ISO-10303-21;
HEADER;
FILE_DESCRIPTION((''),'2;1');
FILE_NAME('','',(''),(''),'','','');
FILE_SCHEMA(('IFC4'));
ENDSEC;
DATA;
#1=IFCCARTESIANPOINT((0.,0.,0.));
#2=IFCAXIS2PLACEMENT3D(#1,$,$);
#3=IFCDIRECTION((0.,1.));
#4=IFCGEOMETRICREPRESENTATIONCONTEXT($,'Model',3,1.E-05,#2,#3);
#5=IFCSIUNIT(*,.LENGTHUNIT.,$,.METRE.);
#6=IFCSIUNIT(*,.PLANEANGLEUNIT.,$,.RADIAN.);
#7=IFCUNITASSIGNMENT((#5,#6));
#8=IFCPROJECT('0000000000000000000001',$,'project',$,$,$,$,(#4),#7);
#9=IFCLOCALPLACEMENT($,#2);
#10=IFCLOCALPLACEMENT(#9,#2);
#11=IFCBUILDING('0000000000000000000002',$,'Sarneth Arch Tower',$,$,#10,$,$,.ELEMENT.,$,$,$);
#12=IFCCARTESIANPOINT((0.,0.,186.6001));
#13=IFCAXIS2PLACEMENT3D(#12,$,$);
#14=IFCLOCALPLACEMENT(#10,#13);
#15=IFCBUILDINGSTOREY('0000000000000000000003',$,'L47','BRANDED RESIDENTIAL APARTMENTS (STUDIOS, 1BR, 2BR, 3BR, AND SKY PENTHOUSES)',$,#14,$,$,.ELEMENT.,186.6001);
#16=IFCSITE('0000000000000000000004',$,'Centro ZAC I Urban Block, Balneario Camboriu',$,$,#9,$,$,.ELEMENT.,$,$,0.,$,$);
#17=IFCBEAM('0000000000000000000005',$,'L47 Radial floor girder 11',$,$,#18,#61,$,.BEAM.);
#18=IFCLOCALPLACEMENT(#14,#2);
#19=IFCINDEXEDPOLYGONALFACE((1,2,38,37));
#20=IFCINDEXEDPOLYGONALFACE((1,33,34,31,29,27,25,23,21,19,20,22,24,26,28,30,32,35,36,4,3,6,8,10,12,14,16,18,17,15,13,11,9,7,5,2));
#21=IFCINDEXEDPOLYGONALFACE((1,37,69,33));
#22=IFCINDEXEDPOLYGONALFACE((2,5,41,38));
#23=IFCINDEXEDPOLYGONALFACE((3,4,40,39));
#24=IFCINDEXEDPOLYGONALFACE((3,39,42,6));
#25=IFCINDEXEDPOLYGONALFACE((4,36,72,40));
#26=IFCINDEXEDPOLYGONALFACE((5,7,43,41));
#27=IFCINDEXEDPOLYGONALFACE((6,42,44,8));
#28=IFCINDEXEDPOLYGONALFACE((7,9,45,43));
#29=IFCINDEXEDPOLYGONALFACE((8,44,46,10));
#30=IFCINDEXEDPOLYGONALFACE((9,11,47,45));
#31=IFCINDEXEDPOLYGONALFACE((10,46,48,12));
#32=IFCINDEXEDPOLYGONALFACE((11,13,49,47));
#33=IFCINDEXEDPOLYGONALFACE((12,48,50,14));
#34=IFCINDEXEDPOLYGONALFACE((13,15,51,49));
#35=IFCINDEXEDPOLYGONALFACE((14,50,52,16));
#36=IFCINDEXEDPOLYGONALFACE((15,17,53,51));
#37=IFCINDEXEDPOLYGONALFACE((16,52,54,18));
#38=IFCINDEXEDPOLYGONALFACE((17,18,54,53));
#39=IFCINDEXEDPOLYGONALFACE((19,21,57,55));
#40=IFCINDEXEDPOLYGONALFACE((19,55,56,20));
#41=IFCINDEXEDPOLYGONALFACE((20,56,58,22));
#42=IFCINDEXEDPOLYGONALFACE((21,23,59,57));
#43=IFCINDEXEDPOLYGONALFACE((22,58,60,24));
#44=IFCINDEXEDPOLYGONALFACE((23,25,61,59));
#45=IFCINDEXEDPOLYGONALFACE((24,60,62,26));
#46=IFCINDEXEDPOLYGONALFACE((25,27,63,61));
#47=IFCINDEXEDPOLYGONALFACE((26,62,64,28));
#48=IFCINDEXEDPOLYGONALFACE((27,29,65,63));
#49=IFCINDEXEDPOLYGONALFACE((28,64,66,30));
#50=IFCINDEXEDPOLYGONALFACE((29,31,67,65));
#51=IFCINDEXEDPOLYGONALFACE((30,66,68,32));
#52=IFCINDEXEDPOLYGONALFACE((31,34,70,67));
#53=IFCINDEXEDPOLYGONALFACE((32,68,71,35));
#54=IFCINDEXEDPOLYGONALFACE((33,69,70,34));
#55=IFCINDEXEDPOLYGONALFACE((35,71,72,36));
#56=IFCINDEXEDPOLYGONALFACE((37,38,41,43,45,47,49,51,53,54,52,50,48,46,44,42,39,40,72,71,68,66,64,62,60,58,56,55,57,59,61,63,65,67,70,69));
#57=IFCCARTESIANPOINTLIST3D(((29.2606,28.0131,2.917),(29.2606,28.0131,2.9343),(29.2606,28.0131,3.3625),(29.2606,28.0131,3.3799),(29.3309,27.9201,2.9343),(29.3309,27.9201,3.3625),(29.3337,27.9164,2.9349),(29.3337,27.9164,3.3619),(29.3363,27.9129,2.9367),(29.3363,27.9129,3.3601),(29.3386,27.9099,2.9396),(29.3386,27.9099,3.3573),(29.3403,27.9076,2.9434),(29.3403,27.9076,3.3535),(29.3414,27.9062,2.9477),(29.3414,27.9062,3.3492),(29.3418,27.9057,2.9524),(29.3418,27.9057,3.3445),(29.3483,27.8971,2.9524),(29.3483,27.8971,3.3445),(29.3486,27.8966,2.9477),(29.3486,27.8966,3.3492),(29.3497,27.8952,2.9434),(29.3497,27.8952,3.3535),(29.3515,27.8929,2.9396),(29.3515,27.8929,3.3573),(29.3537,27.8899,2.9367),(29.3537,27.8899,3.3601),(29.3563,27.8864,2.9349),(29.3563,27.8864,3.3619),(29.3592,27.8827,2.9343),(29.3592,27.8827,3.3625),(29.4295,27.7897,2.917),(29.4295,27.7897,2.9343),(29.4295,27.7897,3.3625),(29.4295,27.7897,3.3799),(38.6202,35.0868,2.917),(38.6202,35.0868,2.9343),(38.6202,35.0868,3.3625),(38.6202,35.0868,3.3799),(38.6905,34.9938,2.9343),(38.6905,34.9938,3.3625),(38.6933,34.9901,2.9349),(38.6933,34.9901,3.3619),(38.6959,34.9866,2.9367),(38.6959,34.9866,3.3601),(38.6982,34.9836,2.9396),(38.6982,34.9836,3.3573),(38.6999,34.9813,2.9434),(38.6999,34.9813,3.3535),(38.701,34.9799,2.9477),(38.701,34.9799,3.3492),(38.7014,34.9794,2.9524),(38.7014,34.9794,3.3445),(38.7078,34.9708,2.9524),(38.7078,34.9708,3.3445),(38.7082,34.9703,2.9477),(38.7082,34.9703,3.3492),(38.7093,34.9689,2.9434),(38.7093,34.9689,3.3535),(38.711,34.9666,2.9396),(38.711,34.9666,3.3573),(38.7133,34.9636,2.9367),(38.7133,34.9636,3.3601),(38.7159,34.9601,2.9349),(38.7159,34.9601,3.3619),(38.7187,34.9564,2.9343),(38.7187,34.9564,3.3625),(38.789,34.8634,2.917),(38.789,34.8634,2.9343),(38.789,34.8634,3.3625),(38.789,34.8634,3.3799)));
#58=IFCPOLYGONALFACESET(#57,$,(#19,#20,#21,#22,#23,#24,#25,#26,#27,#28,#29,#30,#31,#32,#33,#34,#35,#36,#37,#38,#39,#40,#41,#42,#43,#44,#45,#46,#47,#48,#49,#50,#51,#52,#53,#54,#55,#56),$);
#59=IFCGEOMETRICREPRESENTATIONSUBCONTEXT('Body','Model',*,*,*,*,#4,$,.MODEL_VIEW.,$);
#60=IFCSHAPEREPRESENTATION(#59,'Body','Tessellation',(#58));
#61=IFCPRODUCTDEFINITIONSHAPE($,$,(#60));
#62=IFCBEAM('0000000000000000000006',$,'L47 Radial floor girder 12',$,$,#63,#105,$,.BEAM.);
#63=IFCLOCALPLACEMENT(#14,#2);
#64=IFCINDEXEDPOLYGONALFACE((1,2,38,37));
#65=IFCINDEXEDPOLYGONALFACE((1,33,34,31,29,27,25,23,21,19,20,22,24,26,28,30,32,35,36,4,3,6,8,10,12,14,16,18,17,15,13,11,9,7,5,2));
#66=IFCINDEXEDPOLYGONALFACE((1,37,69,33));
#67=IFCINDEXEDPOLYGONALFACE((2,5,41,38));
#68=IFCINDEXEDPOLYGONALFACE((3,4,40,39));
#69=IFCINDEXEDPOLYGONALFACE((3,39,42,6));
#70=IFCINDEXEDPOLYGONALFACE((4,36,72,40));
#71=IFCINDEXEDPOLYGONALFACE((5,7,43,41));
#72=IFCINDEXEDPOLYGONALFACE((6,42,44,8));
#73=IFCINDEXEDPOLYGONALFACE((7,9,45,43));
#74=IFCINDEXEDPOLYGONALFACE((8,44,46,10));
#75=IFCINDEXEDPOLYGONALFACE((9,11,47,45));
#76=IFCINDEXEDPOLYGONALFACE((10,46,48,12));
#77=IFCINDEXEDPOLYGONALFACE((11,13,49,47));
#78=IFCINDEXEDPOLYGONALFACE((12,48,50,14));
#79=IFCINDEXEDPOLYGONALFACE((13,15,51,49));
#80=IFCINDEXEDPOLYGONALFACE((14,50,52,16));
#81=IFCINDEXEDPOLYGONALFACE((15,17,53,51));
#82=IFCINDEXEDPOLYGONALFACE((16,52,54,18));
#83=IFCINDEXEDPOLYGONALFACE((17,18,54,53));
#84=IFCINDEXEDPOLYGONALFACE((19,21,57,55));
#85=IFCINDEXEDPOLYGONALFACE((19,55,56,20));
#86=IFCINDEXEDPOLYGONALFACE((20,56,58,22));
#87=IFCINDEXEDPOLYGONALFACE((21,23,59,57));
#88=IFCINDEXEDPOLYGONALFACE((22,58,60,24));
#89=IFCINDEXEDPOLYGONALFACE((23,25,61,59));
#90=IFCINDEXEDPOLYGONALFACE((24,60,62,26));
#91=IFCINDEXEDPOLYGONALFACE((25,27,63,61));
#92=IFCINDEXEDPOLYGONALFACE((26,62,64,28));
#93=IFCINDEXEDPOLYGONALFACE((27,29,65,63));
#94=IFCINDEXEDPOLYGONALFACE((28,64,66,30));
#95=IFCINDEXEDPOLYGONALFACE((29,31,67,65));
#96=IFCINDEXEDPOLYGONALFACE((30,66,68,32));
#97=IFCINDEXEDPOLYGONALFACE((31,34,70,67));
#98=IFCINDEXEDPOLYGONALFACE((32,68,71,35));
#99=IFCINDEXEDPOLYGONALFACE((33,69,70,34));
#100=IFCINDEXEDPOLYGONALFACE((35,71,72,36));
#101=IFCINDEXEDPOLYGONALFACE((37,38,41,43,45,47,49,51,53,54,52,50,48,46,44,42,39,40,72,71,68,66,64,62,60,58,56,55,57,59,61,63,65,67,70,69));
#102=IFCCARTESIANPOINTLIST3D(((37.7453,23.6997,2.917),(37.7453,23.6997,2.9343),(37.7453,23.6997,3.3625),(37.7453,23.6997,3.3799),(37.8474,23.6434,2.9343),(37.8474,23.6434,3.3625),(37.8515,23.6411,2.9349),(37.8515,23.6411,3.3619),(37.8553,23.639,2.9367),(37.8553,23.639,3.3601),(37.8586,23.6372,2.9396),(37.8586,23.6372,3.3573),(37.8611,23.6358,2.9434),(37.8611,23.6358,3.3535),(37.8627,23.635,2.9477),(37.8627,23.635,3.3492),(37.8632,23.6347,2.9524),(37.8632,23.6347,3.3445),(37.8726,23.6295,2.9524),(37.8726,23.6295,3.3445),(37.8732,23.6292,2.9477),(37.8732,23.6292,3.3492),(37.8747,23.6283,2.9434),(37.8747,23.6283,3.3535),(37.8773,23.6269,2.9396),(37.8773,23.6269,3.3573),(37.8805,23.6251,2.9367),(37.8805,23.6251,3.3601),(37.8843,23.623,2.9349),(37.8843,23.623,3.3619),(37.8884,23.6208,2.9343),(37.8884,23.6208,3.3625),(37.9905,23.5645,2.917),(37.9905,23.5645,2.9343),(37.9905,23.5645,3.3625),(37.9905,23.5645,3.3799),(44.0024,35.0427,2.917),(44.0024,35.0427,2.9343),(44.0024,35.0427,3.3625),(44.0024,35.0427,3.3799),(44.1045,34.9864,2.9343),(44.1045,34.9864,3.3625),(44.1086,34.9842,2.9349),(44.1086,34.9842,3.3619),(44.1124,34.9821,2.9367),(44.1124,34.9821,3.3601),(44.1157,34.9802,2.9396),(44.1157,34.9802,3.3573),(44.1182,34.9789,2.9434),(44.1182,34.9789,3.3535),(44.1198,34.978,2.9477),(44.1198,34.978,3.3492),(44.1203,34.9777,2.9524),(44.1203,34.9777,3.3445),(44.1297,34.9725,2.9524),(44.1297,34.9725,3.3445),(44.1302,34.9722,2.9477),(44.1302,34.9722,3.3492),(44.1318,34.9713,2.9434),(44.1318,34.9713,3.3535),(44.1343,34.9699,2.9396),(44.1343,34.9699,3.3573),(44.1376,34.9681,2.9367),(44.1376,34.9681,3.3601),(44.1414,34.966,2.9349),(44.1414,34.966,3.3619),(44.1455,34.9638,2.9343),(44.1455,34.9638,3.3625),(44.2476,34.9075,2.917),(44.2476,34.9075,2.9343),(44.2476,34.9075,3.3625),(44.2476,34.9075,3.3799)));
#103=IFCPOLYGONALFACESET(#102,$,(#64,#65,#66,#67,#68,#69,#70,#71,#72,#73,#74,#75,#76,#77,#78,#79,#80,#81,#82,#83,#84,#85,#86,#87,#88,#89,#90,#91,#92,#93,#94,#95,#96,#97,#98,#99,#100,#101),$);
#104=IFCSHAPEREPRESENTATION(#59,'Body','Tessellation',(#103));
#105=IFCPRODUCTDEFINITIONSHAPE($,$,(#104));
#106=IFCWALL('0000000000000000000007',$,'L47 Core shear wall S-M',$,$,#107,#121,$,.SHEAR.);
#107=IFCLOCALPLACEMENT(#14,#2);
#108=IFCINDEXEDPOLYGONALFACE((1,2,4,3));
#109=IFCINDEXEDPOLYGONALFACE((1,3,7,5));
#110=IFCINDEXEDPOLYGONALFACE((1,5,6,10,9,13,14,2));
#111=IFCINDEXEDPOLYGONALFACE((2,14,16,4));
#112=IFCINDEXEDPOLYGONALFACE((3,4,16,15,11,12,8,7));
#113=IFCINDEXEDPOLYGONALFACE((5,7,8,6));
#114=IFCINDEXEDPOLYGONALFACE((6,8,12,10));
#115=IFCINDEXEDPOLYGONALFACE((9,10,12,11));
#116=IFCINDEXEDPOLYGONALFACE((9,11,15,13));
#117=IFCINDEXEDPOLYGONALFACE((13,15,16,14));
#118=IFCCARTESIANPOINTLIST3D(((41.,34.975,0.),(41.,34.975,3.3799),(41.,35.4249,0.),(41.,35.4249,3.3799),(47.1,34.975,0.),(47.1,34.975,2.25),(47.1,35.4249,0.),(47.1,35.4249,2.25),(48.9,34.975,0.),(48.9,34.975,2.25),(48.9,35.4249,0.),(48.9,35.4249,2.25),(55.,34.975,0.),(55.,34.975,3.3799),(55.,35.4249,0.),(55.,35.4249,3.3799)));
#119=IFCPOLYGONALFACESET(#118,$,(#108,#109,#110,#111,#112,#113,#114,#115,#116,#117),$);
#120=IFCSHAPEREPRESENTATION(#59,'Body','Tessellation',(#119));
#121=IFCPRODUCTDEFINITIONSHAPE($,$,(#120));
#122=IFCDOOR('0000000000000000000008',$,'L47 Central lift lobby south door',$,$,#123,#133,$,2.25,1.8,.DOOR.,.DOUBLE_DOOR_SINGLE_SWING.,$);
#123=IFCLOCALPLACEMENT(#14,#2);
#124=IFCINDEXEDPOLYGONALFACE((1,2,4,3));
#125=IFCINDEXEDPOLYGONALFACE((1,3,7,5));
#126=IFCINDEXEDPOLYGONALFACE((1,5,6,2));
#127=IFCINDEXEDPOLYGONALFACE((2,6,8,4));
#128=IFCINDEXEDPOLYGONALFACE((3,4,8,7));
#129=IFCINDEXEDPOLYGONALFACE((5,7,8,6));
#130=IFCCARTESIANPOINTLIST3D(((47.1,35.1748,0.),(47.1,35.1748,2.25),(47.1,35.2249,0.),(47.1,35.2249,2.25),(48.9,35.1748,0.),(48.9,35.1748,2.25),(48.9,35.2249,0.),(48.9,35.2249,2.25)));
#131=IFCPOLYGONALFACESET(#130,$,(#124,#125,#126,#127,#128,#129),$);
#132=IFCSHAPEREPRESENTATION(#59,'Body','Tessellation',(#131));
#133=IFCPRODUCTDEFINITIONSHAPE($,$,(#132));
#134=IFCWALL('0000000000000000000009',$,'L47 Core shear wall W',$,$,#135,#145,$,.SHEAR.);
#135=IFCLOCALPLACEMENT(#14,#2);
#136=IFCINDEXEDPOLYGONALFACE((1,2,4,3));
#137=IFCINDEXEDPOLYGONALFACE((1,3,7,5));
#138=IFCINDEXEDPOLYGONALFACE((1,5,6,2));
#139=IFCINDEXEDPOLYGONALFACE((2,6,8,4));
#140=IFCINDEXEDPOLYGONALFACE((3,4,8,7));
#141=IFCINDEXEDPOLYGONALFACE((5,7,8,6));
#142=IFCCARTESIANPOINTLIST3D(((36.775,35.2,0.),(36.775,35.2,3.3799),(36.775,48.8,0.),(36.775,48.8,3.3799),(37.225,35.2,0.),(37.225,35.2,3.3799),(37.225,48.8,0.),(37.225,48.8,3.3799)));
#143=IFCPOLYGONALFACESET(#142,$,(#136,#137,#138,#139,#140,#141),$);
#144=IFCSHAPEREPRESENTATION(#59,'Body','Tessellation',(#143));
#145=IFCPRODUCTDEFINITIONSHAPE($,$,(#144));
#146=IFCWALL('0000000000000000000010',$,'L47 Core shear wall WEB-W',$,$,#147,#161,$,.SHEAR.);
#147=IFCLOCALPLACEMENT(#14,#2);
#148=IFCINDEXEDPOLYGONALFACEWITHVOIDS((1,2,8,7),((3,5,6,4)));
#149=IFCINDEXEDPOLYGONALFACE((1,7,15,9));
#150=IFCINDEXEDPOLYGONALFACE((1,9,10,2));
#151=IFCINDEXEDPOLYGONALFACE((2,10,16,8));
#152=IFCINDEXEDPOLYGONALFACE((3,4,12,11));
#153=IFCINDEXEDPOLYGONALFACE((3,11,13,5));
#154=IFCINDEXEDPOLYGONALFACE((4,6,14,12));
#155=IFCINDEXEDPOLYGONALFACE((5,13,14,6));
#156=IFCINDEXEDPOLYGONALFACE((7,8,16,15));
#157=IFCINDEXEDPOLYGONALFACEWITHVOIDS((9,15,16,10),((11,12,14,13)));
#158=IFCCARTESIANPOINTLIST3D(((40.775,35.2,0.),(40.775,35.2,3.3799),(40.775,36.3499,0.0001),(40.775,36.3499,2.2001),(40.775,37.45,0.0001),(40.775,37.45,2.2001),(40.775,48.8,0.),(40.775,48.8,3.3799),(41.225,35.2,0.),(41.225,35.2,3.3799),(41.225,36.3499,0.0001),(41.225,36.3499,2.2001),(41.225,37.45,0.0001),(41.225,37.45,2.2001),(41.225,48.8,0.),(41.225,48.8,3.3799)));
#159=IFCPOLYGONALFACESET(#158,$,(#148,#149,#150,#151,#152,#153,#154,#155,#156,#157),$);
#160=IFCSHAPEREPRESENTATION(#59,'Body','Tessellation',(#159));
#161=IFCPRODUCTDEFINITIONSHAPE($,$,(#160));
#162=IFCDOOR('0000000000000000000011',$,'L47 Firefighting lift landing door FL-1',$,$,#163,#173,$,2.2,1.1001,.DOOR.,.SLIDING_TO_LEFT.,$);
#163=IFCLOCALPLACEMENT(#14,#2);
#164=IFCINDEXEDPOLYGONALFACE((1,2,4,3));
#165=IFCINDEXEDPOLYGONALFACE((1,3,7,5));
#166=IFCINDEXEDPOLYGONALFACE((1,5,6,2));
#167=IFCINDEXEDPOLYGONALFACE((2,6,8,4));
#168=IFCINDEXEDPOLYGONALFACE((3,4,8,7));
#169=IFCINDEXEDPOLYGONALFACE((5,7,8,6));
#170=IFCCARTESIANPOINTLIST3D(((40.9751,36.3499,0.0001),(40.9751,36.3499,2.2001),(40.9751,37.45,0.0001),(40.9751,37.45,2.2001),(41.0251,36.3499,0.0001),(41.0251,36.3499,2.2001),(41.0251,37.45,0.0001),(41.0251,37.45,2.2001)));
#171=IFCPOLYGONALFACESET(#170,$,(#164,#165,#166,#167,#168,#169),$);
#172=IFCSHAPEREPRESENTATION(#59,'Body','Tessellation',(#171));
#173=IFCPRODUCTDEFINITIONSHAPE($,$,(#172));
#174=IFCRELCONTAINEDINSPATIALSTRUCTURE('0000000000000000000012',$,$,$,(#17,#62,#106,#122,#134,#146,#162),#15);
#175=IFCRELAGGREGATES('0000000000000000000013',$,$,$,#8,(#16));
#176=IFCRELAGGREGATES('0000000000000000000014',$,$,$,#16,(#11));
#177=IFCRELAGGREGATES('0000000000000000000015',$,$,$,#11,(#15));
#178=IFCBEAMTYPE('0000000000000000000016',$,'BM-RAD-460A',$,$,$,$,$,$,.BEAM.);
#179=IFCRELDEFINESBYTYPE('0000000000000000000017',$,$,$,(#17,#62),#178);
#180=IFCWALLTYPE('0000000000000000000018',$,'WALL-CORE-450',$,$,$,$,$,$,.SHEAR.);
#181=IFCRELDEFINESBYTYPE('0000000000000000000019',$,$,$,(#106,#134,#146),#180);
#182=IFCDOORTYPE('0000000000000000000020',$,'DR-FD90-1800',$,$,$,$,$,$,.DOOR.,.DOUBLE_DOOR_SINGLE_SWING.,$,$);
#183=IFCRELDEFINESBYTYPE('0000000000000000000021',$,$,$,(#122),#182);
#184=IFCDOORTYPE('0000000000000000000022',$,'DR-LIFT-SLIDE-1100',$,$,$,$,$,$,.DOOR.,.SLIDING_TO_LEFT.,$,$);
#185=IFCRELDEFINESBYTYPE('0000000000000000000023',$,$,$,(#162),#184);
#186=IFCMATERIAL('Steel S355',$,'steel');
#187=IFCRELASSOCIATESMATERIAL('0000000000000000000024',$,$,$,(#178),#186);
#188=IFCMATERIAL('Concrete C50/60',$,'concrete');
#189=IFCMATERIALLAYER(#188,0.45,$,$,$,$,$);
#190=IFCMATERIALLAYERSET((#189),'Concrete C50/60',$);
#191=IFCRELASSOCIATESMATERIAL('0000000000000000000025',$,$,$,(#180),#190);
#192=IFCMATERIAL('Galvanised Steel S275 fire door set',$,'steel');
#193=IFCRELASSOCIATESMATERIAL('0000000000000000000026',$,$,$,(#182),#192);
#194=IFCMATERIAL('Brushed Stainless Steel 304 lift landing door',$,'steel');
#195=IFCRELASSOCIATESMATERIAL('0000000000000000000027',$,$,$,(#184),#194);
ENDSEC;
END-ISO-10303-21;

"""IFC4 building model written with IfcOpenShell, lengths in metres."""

from ifc_helpers import new_model, si_unit, direction, frame, frame_2d, origin, origin_2d, place, context, subcontext, project, spatial, rectangle, i_section, extrude, material, layer, layer_set, material_profile, profile_set, type_object, element, fill, save


model = new_model("IFC4")

# Units and contexts
model_context = context("Model", 3, precision=1e-05, world=origin(), true_north=direction((0.0, 1.0)))
body_context = subcontext(model_context, "Body", "Model", "MODEL_VIEW")
ifc_project = project(units=[si_unit("LENGTHUNIT", "METRE"), si_unit("PLANEANGLEUNIT", "RADIAN")], contexts=[model_context])

# Site, building, storey
site_placement = place(None, origin())
site = spatial("IfcSite", under=ifc_project, at=site_placement, Name="Centro ZAC I Urban Block, Balneario Camboriu", CompositionType="ELEMENT", RefElevation=0.0)
building_placement = place(site_placement, origin())
building = spatial("IfcBuilding", under=site, at=building_placement, Name="Sarneth Arch Tower", CompositionType="ELEMENT")
storey_placement = place(building_placement, frame((0.0, 0.0, 186.6001)))
storey = spatial("IfcBuildingStorey", under=building, at=storey_placement, Name="L47", Description="BRANDED RESIDENTIAL APARTMENTS (STUDIOS, 1BR, 2BR, 3BR, AND SKY PENTHOUSES)", CompositionType="ELEMENT", Elevation=186.6001)

# Beams
ifc_material_1 = material(Name="Steel S355", Category="steel")
ifc_material_profile_1 = material_profile(ifc_material_1, i_section(OverallWidth=0.28, OverallDepth=0.4629, WebThickness=0.0107, FlangeThickness=0.0173, FilletRadius=0.0181, at=origin_2d()), Name="W460x113")
ifc_profile_set_1 = profile_set([ifc_material_profile_1], Name="Steel S355")
beam_type_1 = type_object("IfcBeamType", Name="BM-RAD-460A", PredefinedType="BEAM", material=ifc_profile_set_1)
beam_1_placement = place(storey_placement, frame((38.7046, 34.9751, 3.1484), z_axis=(-0.797785, -0.602943, 0.0), x_axis=(0.602943, -0.797785, 0.0)))
element("IfcBeam", 1, at=beam_1_placement, inside=storey, type_object=beam_type_1, Name="L47 Radial floor girder 11", PredefinedType="BEAM", context=body_context, shape_type="SweptSolid", body=[
    extrude(i_section(OverallWidth=0.28, OverallDepth=0.4629, WebThickness=0.0107, FlangeThickness=0.0173, FilletRadius=0.0181, at=origin_2d()), origin(), (0.0, 0.0, 1.0), 11.7319),
])
beam_2_placement = place(storey_placement, frame((44.125, 34.9751, 3.1484), z_axis=(-0.48301, -0.875615, 0.0), x_axis=(0.875615, -0.48301, 0.0)))
element("IfcBeam", 2, at=beam_2_placement, inside=storey, type_object=beam_type_1, Name="L47 Radial floor girder 12", PredefinedType="BEAM", context=body_context, shape_type="SweptSolid", body=[
    extrude(i_section(OverallWidth=0.28, OverallDepth=0.4629, WebThickness=0.0107, FlangeThickness=0.0173, FilletRadius=0.0181, at=origin_2d()), origin(), (0.0, 0.0, 1.0), 12.9543),
])

# Wall, opening, door
ifc_material_2 = material(Name="Concrete C50/60", Category="concrete")
ifc_layer_1 = layer(ifc_material_2, 0.45)
ifc_layer_set_1 = layer_set([ifc_layer_1], Name="Concrete C50/60")
wall_type_1 = type_object("IfcWallType", Name="WALL-CORE-450", PredefinedType="SHEAR", material=ifc_layer_set_1)
wall_1_placement = place(storey_placement, frame((41.0, 35.2, 0.0), z_axis=(0.0, 0.0, 1.0), x_axis=(1.0, 0.0, 0.0)))
wall_1 = element("IfcWall", 3, at=wall_1_placement, inside=storey, type_object=wall_type_1, Name="L47 Core shear wall S-M", PredefinedType="SHEAR", context=body_context, shape_type="SweptSolid", body=[
    extrude(rectangle(XDim=14.0, YDim=0.45, at=frame_2d((7.0, 0.0))), origin(), (0.0, 0.0, 1.0), 3.3799),
])
opening_1_placement = place(wall_1_placement, frame((6.1001, 0.0, 0.0)))
opening_1 = element("IfcOpeningElement", 4, at=opening_1_placement, cuts=wall_1, PredefinedType="OPENING", context=body_context, shape_type="SweptSolid", body=[
    extrude(rectangle(XDim=1.8, YDim=2.25, at=frame_2d((0.8999, 1.125))), frame((0.0, 0.2349, 0.0), z_axis=(0.0, -1.0, 0.0), x_axis=(1.0, 0.0, 0.0)), (0.0, 0.0, 1.0), 0.47),
])
ifc_material_3 = material(Name="Galvanised Steel S275 fire door set", Category="steel")
door_type_1 = type_object("IfcDoorType", Name="DR-FD90-1800", OperationType="DOUBLE_DOOR_SINGLE_SWING", PredefinedType="DOOR", material=ifc_material_3)
door_1_placement = place(opening_1_placement, origin())
door_1 = element("IfcDoor", 5, at=door_1_placement, inside=storey, type_object=door_type_1, Name="L47 Central lift lobby south door", OperationType="DOUBLE_DOOR_SINGLE_SWING", OverallHeight=2.25, OverallWidth=1.8, PredefinedType="DOOR", context=body_context, shape_type="SweptSolid", body=[
    extrude(rectangle(XDim=1.8, YDim=2.25, at=frame_2d((0.8999, 1.125))), frame((0.0, 0.0249, 0.0), z_axis=(0.0, -1.0, 0.0), x_axis=(1.0, 0.0, 0.0)), (0.0, 0.0, 1.0), 0.05),
])
fill(opening_1, door_1)

# Wall
wall_2_placement = place(storey_placement, frame((37.0, 35.2, 0.0), z_axis=(0.0, 0.0, 1.0), x_axis=(0.0, 1.0, 0.0)))
element("IfcWall", 6, at=wall_2_placement, inside=storey, type_object=wall_type_1, Name="L47 Core shear wall W", PredefinedType="SHEAR", context=body_context, shape_type="SweptSolid", body=[
    extrude(rectangle(XDim=13.6001, YDim=0.45, at=frame_2d((6.8, 0.0))), origin(), (0.0, 0.0, 1.0), 3.3799),
])

# Wall, opening, door
wall_3_placement = place(storey_placement, frame((41.0, 35.2, 0.0), z_axis=(0.0, 0.0, 1.0), x_axis=(0.0, 1.0, 0.0)))
wall_3 = element("IfcWall", 7, at=wall_3_placement, inside=storey, type_object=wall_type_1, Name="L47 Core shear wall WEB-W", PredefinedType="SHEAR", context=body_context, shape_type="SweptSolid", body=[
    extrude(rectangle(XDim=13.6001, YDim=0.45, at=frame_2d((6.8, 0.0))), origin(), (0.0, 0.0, 1.0), 3.3799),
])
opening_2_placement = place(wall_3_placement, frame((1.1499, 0.0, 0.0)))
opening_2 = element("IfcOpeningElement", 8, at=opening_2_placement, cuts=wall_3, PredefinedType="OPENING", context=body_context, shape_type="SweptSolid", body=[
    extrude(rectangle(XDim=1.1001, YDim=2.2, at=frame_2d((0.55, 1.1001))), frame((0.0, 0.2349, 0.0), z_axis=(0.0, -1.0, 0.0), x_axis=(1.0, 0.0, 0.0)), (0.0, 0.0, 1.0), 0.47),
])
ifc_material_4 = material(Name="Brushed Stainless Steel 304 lift landing door", Category="steel")
door_type_2 = type_object("IfcDoorType", Name="DR-LIFT-SLIDE-1100", OperationType="SLIDING_TO_LEFT", PredefinedType="DOOR", material=ifc_material_4)
door_2_placement = place(opening_2_placement, origin())
door_2 = element("IfcDoor", 9, at=door_2_placement, inside=storey, type_object=door_type_2, Name="L47 Firefighting lift landing door FL-1", OperationType="SLIDING_TO_LEFT", OverallHeight=2.2, OverallWidth=1.1001, PredefinedType="DOOR", context=body_context, shape_type="SweptSolid", body=[
    extrude(rectangle(XDim=1.1001, YDim=2.2, at=frame_2d((0.55, 1.1001))), frame((0.0, 0.0249, 0.0), z_axis=(0.0, -1.0, 0.0), x_axis=(1.0, 0.0, 0.0)), (0.0, 0.0, 1.0), 0.05),
])
fill(opening_2, door_2)

save(model, "model.ifc")
